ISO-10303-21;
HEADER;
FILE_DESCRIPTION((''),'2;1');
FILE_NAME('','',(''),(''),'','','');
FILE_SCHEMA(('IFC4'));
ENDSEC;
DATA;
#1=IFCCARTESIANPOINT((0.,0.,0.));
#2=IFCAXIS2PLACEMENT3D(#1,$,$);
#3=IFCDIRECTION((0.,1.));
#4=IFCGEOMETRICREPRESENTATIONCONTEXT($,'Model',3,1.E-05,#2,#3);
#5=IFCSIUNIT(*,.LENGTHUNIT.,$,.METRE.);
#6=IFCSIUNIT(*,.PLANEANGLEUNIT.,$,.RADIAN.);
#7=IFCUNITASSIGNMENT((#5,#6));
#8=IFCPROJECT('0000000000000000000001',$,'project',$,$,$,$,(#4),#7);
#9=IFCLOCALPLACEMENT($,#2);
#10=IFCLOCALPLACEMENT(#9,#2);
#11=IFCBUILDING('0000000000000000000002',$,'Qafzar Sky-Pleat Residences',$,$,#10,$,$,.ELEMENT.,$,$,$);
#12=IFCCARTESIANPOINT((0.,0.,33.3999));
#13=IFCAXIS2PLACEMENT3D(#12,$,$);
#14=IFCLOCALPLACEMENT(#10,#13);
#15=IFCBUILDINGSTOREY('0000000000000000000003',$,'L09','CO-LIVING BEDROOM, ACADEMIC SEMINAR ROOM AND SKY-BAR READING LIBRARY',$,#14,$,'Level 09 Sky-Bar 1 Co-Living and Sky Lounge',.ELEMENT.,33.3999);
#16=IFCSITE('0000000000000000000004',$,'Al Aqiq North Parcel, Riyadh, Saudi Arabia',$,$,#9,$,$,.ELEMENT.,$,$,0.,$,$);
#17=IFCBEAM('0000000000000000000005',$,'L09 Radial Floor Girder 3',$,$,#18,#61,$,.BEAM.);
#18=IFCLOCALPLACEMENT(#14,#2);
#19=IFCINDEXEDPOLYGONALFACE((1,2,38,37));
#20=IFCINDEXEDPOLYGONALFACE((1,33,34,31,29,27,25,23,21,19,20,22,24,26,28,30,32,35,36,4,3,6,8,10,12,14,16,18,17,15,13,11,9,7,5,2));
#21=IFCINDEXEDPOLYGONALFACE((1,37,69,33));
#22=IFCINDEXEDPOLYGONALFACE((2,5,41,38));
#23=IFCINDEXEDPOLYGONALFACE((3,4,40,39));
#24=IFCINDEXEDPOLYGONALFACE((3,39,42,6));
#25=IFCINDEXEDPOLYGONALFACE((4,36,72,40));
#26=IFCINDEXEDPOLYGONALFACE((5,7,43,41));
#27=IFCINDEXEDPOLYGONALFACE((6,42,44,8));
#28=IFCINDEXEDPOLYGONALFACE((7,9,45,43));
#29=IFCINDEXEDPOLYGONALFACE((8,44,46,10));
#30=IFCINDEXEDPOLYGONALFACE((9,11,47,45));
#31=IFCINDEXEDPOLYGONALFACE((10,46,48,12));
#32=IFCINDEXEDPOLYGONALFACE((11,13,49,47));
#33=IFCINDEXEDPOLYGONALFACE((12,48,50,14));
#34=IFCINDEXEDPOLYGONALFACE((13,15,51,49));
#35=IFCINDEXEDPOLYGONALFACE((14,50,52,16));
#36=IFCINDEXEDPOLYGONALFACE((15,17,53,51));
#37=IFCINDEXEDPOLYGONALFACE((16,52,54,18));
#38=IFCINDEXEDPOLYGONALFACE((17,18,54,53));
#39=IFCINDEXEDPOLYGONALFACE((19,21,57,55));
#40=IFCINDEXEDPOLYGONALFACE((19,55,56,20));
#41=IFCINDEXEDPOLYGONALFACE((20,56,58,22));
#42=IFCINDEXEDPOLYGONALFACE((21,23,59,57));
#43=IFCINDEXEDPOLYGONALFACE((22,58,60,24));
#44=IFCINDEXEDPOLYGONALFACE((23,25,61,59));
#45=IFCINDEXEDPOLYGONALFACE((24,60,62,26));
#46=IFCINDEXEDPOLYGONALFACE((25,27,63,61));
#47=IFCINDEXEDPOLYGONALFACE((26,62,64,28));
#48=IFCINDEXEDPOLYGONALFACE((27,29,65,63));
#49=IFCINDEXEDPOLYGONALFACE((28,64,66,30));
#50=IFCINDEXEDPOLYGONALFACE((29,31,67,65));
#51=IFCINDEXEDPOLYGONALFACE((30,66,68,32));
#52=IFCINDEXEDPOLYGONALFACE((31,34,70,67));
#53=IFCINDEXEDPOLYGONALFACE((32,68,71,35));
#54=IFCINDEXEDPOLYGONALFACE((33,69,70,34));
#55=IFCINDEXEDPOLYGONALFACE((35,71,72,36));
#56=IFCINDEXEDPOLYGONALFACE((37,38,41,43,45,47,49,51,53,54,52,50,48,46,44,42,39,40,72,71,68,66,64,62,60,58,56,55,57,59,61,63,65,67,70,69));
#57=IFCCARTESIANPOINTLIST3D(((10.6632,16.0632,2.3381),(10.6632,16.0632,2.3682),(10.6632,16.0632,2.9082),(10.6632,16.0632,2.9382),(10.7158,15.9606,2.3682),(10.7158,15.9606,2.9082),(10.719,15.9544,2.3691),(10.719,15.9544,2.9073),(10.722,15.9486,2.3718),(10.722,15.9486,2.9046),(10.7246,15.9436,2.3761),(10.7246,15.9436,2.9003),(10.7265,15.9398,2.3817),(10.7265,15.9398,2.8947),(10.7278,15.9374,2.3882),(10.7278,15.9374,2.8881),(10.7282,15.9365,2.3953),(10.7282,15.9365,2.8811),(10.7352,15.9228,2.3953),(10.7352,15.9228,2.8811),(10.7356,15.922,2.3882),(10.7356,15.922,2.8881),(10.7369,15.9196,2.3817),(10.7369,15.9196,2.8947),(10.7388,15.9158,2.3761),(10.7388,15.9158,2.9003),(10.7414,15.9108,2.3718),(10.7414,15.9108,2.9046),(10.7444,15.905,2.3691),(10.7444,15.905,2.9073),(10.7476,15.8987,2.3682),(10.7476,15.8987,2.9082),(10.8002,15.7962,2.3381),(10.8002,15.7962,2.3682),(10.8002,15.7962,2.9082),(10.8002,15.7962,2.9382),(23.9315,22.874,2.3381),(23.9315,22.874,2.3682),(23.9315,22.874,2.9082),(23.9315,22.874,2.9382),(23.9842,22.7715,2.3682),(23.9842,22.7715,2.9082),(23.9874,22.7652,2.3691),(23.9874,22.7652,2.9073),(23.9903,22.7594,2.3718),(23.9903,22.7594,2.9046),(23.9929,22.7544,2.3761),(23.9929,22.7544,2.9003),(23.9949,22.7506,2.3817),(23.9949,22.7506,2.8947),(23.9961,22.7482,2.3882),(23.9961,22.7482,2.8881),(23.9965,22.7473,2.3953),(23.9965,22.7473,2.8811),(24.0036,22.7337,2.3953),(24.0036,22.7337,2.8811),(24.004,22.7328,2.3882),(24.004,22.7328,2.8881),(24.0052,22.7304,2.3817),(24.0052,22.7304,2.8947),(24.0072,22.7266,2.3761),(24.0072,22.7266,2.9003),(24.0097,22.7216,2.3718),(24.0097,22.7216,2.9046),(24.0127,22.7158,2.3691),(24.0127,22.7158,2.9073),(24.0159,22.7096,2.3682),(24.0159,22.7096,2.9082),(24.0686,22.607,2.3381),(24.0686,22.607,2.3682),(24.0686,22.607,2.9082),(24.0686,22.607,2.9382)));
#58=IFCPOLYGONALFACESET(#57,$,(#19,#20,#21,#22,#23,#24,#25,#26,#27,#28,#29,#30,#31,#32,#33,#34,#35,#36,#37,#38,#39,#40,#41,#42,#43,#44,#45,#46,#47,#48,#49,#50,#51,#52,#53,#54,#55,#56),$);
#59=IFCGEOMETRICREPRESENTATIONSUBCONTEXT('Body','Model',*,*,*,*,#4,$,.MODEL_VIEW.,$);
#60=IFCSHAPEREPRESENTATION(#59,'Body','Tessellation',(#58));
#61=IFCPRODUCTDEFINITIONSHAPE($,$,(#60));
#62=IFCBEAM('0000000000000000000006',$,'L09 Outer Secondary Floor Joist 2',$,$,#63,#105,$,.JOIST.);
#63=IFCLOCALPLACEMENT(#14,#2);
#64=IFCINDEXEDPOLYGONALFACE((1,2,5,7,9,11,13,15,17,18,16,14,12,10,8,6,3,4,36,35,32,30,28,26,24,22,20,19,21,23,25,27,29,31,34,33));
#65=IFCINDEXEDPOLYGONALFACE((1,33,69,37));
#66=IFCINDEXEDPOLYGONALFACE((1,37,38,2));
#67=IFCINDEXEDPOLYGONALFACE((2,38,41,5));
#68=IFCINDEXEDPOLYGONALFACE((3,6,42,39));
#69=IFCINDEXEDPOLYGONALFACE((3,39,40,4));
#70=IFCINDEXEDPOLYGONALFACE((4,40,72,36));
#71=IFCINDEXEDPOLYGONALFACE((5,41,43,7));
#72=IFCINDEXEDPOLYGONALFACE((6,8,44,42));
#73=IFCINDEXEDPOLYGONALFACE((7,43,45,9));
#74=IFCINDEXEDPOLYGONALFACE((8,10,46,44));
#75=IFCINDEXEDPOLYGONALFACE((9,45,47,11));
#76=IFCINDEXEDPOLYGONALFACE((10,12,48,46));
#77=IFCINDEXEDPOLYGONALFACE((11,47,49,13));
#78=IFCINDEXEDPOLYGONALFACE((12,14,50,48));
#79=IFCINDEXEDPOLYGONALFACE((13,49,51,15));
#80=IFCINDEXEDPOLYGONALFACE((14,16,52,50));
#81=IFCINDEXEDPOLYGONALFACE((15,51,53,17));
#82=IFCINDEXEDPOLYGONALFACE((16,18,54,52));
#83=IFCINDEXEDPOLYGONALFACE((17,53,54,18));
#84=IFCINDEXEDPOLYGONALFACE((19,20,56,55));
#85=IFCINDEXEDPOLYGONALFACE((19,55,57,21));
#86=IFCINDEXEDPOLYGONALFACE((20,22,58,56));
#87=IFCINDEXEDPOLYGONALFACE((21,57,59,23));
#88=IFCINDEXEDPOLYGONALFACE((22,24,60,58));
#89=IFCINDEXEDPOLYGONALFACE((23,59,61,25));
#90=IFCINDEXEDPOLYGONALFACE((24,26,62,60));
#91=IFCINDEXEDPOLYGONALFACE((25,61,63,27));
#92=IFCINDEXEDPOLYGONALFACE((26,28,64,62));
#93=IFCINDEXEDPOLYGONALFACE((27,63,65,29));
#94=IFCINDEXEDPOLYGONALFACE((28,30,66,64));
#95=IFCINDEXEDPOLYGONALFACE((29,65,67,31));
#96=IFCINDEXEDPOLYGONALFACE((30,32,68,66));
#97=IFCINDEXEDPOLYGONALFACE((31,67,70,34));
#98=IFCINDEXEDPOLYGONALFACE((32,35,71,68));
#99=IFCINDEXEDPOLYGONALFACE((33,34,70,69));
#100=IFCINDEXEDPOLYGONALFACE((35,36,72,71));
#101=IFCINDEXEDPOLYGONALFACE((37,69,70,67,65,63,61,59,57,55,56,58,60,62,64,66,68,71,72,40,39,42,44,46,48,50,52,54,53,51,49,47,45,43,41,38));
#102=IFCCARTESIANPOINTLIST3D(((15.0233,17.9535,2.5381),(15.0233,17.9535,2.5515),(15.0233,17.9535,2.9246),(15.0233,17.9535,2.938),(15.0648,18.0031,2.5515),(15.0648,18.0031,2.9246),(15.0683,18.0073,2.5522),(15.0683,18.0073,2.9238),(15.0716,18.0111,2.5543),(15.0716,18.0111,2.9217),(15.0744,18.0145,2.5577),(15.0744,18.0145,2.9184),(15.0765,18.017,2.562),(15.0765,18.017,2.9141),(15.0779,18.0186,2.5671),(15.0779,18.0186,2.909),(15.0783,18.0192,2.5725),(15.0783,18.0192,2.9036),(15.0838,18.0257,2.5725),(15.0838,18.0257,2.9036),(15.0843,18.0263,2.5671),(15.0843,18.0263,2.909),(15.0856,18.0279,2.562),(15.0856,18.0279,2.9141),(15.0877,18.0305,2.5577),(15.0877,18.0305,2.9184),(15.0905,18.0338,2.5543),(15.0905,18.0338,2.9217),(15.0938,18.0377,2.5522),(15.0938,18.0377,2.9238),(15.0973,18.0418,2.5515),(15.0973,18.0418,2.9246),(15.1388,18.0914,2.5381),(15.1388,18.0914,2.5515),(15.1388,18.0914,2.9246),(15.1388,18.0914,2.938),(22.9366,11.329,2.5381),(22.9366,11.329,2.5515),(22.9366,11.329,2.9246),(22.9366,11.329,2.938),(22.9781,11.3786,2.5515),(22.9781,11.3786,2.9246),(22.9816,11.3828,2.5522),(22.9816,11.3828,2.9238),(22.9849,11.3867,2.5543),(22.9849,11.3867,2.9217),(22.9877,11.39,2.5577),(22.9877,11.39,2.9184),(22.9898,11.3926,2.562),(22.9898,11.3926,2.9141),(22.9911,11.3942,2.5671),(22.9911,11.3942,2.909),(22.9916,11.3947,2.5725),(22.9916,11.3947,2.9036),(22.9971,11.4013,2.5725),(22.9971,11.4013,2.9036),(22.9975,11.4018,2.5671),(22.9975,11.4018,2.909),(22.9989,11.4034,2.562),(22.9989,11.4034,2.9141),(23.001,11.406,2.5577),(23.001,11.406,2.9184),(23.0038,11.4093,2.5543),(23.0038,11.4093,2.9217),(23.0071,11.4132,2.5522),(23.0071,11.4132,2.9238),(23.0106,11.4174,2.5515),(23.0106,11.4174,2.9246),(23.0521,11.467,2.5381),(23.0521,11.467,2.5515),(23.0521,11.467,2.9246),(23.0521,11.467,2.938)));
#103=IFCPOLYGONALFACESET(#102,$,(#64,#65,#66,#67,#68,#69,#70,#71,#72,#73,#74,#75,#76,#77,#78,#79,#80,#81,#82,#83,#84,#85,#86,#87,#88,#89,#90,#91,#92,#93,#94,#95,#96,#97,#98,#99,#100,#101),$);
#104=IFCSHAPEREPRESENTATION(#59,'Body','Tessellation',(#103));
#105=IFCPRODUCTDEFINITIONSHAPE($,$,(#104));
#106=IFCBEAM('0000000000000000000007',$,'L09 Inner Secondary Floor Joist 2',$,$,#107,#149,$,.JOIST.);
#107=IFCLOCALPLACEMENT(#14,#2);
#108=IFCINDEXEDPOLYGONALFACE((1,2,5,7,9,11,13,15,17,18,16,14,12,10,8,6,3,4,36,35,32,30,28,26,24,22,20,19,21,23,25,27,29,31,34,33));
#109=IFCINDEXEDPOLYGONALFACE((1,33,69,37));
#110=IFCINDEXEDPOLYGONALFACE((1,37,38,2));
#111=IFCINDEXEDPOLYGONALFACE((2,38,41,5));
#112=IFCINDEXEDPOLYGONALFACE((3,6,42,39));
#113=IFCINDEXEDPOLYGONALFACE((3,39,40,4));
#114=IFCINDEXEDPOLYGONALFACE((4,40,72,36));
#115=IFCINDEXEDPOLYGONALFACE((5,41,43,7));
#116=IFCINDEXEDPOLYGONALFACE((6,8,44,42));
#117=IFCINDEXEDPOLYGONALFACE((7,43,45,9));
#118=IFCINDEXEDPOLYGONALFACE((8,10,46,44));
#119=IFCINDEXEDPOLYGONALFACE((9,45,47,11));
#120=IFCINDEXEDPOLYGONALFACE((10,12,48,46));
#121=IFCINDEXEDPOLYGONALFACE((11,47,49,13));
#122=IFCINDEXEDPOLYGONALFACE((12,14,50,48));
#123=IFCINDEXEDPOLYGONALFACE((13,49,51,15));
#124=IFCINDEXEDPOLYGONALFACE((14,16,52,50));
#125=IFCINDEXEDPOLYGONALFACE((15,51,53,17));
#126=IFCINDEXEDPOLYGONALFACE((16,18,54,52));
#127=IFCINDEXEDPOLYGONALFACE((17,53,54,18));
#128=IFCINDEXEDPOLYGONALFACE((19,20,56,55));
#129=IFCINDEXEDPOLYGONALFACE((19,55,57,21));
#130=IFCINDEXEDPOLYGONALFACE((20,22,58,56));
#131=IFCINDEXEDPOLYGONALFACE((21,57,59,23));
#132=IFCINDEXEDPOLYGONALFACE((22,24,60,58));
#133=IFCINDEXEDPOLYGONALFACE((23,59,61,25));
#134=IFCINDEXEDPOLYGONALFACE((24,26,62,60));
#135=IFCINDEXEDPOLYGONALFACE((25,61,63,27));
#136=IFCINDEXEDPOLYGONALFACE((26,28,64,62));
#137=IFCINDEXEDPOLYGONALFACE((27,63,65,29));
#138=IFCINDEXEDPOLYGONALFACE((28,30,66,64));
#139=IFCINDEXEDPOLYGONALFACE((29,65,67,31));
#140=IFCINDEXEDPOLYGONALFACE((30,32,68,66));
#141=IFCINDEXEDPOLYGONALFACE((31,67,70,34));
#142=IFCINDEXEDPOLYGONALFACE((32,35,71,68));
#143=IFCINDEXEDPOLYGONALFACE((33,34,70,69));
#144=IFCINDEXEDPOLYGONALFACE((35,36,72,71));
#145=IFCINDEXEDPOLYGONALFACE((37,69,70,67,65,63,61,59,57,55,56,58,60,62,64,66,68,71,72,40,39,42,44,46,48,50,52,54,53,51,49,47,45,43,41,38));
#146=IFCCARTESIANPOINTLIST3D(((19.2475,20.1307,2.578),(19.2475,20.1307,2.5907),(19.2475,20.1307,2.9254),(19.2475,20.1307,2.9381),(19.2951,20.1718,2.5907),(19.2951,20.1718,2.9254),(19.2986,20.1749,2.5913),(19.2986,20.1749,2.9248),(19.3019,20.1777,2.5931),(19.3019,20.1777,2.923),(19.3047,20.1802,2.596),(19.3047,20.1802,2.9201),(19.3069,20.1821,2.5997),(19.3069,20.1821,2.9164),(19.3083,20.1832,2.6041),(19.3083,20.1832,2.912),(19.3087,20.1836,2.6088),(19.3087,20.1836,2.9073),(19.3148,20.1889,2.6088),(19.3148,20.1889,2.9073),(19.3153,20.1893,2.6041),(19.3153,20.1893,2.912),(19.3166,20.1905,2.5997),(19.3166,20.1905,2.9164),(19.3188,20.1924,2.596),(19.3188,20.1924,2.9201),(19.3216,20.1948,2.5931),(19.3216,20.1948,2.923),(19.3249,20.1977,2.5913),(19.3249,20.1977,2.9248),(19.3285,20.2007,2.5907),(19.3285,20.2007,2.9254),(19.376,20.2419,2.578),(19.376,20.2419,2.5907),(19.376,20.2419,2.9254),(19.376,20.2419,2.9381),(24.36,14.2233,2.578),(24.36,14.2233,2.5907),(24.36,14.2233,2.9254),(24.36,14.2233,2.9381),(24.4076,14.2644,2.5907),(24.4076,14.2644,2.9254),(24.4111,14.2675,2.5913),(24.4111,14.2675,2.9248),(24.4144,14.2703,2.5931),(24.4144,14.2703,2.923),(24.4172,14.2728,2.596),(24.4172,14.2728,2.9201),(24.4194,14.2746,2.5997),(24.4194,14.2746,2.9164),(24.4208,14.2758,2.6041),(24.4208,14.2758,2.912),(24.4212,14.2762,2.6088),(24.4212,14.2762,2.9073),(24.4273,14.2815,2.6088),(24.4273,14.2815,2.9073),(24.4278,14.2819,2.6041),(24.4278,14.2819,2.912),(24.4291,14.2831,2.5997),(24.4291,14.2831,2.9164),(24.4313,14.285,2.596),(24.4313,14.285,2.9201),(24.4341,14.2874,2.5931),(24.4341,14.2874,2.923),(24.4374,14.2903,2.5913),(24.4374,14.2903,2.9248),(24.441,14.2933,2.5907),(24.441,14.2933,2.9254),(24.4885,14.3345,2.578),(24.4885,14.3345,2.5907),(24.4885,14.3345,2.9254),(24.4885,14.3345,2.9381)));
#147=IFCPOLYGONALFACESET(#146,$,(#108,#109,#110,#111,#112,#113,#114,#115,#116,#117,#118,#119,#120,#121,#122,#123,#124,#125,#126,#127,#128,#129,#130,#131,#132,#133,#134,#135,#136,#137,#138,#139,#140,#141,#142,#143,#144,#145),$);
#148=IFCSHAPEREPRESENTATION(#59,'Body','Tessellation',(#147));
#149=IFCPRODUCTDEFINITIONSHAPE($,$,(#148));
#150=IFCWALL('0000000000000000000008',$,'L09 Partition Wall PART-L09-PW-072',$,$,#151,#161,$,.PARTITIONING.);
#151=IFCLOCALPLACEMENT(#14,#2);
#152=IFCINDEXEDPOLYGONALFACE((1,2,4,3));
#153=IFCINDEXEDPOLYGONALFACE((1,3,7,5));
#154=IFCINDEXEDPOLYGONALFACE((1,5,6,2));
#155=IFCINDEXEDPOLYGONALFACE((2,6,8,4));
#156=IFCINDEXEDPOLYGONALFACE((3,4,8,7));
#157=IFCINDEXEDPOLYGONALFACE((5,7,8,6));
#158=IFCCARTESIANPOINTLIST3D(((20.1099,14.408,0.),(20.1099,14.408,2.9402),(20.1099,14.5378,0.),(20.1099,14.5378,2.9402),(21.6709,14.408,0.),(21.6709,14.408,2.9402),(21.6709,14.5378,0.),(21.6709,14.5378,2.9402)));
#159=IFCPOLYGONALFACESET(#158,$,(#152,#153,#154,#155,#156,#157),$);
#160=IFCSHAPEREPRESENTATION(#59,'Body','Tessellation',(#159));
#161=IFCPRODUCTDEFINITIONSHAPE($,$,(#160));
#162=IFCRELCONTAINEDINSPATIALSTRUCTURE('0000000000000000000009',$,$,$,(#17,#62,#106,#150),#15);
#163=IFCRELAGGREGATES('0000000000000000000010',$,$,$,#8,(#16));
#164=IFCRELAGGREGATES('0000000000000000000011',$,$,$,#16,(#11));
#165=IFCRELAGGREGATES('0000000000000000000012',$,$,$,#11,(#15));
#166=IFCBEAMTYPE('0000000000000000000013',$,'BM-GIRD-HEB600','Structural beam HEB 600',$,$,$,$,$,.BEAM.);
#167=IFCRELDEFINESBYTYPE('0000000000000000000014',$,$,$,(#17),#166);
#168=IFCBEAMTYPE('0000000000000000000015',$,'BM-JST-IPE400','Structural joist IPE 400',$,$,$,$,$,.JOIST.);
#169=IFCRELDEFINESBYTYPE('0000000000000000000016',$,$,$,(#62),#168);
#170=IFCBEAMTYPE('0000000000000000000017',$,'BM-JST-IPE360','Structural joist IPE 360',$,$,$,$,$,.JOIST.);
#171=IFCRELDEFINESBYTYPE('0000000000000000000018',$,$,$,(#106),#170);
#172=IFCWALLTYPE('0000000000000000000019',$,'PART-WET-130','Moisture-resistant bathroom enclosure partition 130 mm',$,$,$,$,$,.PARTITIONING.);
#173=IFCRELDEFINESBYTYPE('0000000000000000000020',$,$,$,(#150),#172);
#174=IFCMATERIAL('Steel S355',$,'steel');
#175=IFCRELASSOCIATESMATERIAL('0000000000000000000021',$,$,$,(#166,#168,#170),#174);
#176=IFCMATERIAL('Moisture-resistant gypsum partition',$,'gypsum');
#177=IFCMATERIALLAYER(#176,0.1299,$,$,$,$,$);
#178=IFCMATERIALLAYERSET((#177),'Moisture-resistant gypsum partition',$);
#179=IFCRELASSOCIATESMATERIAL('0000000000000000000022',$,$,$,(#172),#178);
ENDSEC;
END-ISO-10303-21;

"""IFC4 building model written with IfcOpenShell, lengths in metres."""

from ifc_helpers import new_model, si_unit, direction, frame, frame_2d, origin, origin_2d, place, context, subcontext, project, spatial, rectangle, i_section, extrude, source, transform, mapped, material, layer, layer_set, material_profile, profile_set, type_object, element, save


model = new_model("IFC4")

# Units and contexts
model_context = context("Model", 3, precision=1e-05, world=origin(), true_north=direction((0.0, 1.0)))
body_context = subcontext(model_context, "Body", "Model", "MODEL_VIEW")
ifc_project = project(units=[si_unit("LENGTHUNIT", "METRE"), si_unit("PLANEANGLEUNIT", "RADIAN")], contexts=[model_context])

# Site, building, storey
site_placement = place(None, origin())
site = spatial("IfcSite", under=ifc_project, at=site_placement, Name="Al Aqiq North Parcel, Riyadh, Saudi Arabia", CompositionType="ELEMENT", RefElevation=0.0)
building_placement = place(site_placement, origin())
building = spatial("IfcBuilding", under=site, at=building_placement, Name="Qafzar Sky-Pleat Residences", CompositionType="ELEMENT")
storey_placement = place(building_placement, frame((0.0, 0.0, 33.3999)))
storey = spatial("IfcBuildingStorey", under=building, at=storey_placement, Name="L09", Description="CO-LIVING BEDROOM, ACADEMIC SEMINAR ROOM AND SKY-BAR READING LIBRARY", LongName="Level 09 Sky-Bar 1 Co-Living and Sky Lounge", CompositionType="ELEMENT", Elevation=33.3999)

# Beams
ifc_material_1 = material(Name="Steel S355", Category="steel")
ifc_material_profile_1 = material_profile(ifc_material_1, i_section(OverallWidth=0.3, OverallDepth=0.6001, WebThickness=0.0154, FlangeThickness=0.03, FilletRadius=0.0271, at=origin_2d()), Name="HEB 600")
ifc_profile_set_1 = profile_set([ifc_material_profile_1], Name="Steel S355")
beam_type_1 = type_object("IfcBeamType", Name="BM-GIRD-HEB600", Description="Structural beam HEB 600", PredefinedType="BEAM", material=ifc_profile_set_1)
shared_shape_1 = source(origin(), body_context, "Body", "SweptSolid", [
    extrude(i_section(OverallWidth=0.3, OverallDepth=0.6001, WebThickness=0.0154, FlangeThickness=0.03, FilletRadius=0.0271, at=origin_2d()), origin(), (0.0, 0.0, 1.0), 14.9143),
])
beam_1_placement = place(storey_placement, frame((10.7317, 15.9297, 2.6382), z_axis=(0.88964, 0.456663, 0.0), x_axis=(-0.456663, 0.88964, 0.0)))
element("IfcBeam", 1, at=beam_1_placement, inside=storey, type_object=beam_type_1, Name="L09 Radial Floor Girder 3", PredefinedType="BEAM", context=body_context, shape_type="MappedRepresentation", body=[
    mapped(shared_shape_1, transform((0.0, 0.0, 0.0), x_axis=(1.0, 0.0, 0.0), y_axis=(0.0, 1.0, 0.0), z_axis=(0.0, 0.0, 1.0), scale=1.0)),
])
ifc_material_profile_2 = material_profile(ifc_material_1, i_section(OverallWidth=0.1799, OverallDepth=0.3999, WebThickness=0.0085, FlangeThickness=0.0134, FilletRadius=0.021, at=origin_2d()), Name="IPE 400")
ifc_profile_set_2 = profile_set([ifc_material_profile_2], Name="Steel S355")
beam_type_2 = type_object("IfcBeamType", Name="BM-JST-IPE400", Description="Structural joist IPE 400", PredefinedType="JOIST", material=ifc_profile_set_2)
shared_shape_2 = source(origin(), body_context, "Body", "SweptSolid", [
    extrude(i_section(OverallWidth=0.1799, OverallDepth=0.3999, WebThickness=0.0085, FlangeThickness=0.0134, FilletRadius=0.021, at=origin_2d()), origin(), (0.0, 0.0, 1.0), 10.3201),
])
beam_2_placement = place(storey_placement, frame((15.0811, 18.0225, 2.738), z_axis=(0.766786, -0.641902, 0.0), x_axis=(0.641902, 0.766786, 0.0)))
element("IfcBeam", 2, at=beam_2_placement, inside=storey, type_object=beam_type_2, Name="L09 Outer Secondary Floor Joist 2", PredefinedType="JOIST", context=body_context, shape_type="MappedRepresentation", body=[
    mapped(shared_shape_2, transform((0.0, 0.0, 0.0), x_axis=(1.0, 0.0, 0.0), y_axis=(0.0, 1.0, 0.0), z_axis=(0.0, 0.0, 1.0), scale=1.0)),
])
ifc_material_profile_3 = material_profile(ifc_material_1, i_section(OverallWidth=0.1699, OverallDepth=0.3601, WebThickness=0.0081, FlangeThickness=0.0127, FilletRadius=0.0181, at=origin_2d()), Name="IPE 360")
ifc_profile_set_3 = profile_set([ifc_material_profile_3], Name="Steel S355")
beam_type_3 = type_object("IfcBeamType", Name="BM-JST-IPE360", Description="Structural joist IPE 360", PredefinedType="JOIST", material=ifc_profile_set_3)
shared_shape_3 = source(origin(), body_context, "Body", "SweptSolid", [
    extrude(i_section(OverallWidth=0.1699, OverallDepth=0.3601, WebThickness=0.0081, FlangeThickness=0.0127, FilletRadius=0.0181, at=origin_2d()), origin(), (0.0, 0.0, 1.0), 7.8125),
])
beam_3_placement = place(storey_placement, frame((19.3118, 20.1863, 2.7581), z_axis=(0.6544, -0.756149, 0.0), x_axis=(0.756149, 0.6544, 0.0)))
element("IfcBeam", 3, at=beam_3_placement, inside=storey, type_object=beam_type_3, Name="L09 Inner Secondary Floor Joist 2", PredefinedType="JOIST", context=body_context, shape_type="MappedRepresentation", body=[
    mapped(shared_shape_3, transform((0.0, 0.0, 0.0), x_axis=(1.0, 0.0, 0.0), y_axis=(0.0, 1.0, 0.0), z_axis=(0.0, 0.0, 1.0), scale=1.0)),
])

# Wall
ifc_material_2 = material(Name="Moisture-resistant gypsum partition", Category="gypsum")
ifc_layer_1 = layer(ifc_material_2, 0.1299)
ifc_layer_set_1 = layer_set([ifc_layer_1], Name="Moisture-resistant gypsum partition")
wall_type_1 = type_object("IfcWallType", Name="PART-WET-130", Description="Moisture-resistant bathroom enclosure partition 130 mm", PredefinedType="PARTITIONING", material=ifc_layer_set_1)
wall_1_placement = place(storey_placement, frame((20.1099, 14.4729, 0.0), z_axis=(0.0, 0.0, 1.0), x_axis=(1.0, 0.0, 0.0)))
element("IfcWall", 4, at=wall_1_placement, inside=storey, type_object=wall_type_1, Name="L09 Partition Wall PART-L09-PW-072", PredefinedType="PARTITIONING", context=body_context, shape_type="SweptSolid", body=[
    extrude(rectangle(XDim=1.561, YDim=0.1299, at=frame_2d((0.7805, 0.0))), origin(), (0.0, 0.0, 1.0), 2.9402),
])

save(model, "model.ifc")
